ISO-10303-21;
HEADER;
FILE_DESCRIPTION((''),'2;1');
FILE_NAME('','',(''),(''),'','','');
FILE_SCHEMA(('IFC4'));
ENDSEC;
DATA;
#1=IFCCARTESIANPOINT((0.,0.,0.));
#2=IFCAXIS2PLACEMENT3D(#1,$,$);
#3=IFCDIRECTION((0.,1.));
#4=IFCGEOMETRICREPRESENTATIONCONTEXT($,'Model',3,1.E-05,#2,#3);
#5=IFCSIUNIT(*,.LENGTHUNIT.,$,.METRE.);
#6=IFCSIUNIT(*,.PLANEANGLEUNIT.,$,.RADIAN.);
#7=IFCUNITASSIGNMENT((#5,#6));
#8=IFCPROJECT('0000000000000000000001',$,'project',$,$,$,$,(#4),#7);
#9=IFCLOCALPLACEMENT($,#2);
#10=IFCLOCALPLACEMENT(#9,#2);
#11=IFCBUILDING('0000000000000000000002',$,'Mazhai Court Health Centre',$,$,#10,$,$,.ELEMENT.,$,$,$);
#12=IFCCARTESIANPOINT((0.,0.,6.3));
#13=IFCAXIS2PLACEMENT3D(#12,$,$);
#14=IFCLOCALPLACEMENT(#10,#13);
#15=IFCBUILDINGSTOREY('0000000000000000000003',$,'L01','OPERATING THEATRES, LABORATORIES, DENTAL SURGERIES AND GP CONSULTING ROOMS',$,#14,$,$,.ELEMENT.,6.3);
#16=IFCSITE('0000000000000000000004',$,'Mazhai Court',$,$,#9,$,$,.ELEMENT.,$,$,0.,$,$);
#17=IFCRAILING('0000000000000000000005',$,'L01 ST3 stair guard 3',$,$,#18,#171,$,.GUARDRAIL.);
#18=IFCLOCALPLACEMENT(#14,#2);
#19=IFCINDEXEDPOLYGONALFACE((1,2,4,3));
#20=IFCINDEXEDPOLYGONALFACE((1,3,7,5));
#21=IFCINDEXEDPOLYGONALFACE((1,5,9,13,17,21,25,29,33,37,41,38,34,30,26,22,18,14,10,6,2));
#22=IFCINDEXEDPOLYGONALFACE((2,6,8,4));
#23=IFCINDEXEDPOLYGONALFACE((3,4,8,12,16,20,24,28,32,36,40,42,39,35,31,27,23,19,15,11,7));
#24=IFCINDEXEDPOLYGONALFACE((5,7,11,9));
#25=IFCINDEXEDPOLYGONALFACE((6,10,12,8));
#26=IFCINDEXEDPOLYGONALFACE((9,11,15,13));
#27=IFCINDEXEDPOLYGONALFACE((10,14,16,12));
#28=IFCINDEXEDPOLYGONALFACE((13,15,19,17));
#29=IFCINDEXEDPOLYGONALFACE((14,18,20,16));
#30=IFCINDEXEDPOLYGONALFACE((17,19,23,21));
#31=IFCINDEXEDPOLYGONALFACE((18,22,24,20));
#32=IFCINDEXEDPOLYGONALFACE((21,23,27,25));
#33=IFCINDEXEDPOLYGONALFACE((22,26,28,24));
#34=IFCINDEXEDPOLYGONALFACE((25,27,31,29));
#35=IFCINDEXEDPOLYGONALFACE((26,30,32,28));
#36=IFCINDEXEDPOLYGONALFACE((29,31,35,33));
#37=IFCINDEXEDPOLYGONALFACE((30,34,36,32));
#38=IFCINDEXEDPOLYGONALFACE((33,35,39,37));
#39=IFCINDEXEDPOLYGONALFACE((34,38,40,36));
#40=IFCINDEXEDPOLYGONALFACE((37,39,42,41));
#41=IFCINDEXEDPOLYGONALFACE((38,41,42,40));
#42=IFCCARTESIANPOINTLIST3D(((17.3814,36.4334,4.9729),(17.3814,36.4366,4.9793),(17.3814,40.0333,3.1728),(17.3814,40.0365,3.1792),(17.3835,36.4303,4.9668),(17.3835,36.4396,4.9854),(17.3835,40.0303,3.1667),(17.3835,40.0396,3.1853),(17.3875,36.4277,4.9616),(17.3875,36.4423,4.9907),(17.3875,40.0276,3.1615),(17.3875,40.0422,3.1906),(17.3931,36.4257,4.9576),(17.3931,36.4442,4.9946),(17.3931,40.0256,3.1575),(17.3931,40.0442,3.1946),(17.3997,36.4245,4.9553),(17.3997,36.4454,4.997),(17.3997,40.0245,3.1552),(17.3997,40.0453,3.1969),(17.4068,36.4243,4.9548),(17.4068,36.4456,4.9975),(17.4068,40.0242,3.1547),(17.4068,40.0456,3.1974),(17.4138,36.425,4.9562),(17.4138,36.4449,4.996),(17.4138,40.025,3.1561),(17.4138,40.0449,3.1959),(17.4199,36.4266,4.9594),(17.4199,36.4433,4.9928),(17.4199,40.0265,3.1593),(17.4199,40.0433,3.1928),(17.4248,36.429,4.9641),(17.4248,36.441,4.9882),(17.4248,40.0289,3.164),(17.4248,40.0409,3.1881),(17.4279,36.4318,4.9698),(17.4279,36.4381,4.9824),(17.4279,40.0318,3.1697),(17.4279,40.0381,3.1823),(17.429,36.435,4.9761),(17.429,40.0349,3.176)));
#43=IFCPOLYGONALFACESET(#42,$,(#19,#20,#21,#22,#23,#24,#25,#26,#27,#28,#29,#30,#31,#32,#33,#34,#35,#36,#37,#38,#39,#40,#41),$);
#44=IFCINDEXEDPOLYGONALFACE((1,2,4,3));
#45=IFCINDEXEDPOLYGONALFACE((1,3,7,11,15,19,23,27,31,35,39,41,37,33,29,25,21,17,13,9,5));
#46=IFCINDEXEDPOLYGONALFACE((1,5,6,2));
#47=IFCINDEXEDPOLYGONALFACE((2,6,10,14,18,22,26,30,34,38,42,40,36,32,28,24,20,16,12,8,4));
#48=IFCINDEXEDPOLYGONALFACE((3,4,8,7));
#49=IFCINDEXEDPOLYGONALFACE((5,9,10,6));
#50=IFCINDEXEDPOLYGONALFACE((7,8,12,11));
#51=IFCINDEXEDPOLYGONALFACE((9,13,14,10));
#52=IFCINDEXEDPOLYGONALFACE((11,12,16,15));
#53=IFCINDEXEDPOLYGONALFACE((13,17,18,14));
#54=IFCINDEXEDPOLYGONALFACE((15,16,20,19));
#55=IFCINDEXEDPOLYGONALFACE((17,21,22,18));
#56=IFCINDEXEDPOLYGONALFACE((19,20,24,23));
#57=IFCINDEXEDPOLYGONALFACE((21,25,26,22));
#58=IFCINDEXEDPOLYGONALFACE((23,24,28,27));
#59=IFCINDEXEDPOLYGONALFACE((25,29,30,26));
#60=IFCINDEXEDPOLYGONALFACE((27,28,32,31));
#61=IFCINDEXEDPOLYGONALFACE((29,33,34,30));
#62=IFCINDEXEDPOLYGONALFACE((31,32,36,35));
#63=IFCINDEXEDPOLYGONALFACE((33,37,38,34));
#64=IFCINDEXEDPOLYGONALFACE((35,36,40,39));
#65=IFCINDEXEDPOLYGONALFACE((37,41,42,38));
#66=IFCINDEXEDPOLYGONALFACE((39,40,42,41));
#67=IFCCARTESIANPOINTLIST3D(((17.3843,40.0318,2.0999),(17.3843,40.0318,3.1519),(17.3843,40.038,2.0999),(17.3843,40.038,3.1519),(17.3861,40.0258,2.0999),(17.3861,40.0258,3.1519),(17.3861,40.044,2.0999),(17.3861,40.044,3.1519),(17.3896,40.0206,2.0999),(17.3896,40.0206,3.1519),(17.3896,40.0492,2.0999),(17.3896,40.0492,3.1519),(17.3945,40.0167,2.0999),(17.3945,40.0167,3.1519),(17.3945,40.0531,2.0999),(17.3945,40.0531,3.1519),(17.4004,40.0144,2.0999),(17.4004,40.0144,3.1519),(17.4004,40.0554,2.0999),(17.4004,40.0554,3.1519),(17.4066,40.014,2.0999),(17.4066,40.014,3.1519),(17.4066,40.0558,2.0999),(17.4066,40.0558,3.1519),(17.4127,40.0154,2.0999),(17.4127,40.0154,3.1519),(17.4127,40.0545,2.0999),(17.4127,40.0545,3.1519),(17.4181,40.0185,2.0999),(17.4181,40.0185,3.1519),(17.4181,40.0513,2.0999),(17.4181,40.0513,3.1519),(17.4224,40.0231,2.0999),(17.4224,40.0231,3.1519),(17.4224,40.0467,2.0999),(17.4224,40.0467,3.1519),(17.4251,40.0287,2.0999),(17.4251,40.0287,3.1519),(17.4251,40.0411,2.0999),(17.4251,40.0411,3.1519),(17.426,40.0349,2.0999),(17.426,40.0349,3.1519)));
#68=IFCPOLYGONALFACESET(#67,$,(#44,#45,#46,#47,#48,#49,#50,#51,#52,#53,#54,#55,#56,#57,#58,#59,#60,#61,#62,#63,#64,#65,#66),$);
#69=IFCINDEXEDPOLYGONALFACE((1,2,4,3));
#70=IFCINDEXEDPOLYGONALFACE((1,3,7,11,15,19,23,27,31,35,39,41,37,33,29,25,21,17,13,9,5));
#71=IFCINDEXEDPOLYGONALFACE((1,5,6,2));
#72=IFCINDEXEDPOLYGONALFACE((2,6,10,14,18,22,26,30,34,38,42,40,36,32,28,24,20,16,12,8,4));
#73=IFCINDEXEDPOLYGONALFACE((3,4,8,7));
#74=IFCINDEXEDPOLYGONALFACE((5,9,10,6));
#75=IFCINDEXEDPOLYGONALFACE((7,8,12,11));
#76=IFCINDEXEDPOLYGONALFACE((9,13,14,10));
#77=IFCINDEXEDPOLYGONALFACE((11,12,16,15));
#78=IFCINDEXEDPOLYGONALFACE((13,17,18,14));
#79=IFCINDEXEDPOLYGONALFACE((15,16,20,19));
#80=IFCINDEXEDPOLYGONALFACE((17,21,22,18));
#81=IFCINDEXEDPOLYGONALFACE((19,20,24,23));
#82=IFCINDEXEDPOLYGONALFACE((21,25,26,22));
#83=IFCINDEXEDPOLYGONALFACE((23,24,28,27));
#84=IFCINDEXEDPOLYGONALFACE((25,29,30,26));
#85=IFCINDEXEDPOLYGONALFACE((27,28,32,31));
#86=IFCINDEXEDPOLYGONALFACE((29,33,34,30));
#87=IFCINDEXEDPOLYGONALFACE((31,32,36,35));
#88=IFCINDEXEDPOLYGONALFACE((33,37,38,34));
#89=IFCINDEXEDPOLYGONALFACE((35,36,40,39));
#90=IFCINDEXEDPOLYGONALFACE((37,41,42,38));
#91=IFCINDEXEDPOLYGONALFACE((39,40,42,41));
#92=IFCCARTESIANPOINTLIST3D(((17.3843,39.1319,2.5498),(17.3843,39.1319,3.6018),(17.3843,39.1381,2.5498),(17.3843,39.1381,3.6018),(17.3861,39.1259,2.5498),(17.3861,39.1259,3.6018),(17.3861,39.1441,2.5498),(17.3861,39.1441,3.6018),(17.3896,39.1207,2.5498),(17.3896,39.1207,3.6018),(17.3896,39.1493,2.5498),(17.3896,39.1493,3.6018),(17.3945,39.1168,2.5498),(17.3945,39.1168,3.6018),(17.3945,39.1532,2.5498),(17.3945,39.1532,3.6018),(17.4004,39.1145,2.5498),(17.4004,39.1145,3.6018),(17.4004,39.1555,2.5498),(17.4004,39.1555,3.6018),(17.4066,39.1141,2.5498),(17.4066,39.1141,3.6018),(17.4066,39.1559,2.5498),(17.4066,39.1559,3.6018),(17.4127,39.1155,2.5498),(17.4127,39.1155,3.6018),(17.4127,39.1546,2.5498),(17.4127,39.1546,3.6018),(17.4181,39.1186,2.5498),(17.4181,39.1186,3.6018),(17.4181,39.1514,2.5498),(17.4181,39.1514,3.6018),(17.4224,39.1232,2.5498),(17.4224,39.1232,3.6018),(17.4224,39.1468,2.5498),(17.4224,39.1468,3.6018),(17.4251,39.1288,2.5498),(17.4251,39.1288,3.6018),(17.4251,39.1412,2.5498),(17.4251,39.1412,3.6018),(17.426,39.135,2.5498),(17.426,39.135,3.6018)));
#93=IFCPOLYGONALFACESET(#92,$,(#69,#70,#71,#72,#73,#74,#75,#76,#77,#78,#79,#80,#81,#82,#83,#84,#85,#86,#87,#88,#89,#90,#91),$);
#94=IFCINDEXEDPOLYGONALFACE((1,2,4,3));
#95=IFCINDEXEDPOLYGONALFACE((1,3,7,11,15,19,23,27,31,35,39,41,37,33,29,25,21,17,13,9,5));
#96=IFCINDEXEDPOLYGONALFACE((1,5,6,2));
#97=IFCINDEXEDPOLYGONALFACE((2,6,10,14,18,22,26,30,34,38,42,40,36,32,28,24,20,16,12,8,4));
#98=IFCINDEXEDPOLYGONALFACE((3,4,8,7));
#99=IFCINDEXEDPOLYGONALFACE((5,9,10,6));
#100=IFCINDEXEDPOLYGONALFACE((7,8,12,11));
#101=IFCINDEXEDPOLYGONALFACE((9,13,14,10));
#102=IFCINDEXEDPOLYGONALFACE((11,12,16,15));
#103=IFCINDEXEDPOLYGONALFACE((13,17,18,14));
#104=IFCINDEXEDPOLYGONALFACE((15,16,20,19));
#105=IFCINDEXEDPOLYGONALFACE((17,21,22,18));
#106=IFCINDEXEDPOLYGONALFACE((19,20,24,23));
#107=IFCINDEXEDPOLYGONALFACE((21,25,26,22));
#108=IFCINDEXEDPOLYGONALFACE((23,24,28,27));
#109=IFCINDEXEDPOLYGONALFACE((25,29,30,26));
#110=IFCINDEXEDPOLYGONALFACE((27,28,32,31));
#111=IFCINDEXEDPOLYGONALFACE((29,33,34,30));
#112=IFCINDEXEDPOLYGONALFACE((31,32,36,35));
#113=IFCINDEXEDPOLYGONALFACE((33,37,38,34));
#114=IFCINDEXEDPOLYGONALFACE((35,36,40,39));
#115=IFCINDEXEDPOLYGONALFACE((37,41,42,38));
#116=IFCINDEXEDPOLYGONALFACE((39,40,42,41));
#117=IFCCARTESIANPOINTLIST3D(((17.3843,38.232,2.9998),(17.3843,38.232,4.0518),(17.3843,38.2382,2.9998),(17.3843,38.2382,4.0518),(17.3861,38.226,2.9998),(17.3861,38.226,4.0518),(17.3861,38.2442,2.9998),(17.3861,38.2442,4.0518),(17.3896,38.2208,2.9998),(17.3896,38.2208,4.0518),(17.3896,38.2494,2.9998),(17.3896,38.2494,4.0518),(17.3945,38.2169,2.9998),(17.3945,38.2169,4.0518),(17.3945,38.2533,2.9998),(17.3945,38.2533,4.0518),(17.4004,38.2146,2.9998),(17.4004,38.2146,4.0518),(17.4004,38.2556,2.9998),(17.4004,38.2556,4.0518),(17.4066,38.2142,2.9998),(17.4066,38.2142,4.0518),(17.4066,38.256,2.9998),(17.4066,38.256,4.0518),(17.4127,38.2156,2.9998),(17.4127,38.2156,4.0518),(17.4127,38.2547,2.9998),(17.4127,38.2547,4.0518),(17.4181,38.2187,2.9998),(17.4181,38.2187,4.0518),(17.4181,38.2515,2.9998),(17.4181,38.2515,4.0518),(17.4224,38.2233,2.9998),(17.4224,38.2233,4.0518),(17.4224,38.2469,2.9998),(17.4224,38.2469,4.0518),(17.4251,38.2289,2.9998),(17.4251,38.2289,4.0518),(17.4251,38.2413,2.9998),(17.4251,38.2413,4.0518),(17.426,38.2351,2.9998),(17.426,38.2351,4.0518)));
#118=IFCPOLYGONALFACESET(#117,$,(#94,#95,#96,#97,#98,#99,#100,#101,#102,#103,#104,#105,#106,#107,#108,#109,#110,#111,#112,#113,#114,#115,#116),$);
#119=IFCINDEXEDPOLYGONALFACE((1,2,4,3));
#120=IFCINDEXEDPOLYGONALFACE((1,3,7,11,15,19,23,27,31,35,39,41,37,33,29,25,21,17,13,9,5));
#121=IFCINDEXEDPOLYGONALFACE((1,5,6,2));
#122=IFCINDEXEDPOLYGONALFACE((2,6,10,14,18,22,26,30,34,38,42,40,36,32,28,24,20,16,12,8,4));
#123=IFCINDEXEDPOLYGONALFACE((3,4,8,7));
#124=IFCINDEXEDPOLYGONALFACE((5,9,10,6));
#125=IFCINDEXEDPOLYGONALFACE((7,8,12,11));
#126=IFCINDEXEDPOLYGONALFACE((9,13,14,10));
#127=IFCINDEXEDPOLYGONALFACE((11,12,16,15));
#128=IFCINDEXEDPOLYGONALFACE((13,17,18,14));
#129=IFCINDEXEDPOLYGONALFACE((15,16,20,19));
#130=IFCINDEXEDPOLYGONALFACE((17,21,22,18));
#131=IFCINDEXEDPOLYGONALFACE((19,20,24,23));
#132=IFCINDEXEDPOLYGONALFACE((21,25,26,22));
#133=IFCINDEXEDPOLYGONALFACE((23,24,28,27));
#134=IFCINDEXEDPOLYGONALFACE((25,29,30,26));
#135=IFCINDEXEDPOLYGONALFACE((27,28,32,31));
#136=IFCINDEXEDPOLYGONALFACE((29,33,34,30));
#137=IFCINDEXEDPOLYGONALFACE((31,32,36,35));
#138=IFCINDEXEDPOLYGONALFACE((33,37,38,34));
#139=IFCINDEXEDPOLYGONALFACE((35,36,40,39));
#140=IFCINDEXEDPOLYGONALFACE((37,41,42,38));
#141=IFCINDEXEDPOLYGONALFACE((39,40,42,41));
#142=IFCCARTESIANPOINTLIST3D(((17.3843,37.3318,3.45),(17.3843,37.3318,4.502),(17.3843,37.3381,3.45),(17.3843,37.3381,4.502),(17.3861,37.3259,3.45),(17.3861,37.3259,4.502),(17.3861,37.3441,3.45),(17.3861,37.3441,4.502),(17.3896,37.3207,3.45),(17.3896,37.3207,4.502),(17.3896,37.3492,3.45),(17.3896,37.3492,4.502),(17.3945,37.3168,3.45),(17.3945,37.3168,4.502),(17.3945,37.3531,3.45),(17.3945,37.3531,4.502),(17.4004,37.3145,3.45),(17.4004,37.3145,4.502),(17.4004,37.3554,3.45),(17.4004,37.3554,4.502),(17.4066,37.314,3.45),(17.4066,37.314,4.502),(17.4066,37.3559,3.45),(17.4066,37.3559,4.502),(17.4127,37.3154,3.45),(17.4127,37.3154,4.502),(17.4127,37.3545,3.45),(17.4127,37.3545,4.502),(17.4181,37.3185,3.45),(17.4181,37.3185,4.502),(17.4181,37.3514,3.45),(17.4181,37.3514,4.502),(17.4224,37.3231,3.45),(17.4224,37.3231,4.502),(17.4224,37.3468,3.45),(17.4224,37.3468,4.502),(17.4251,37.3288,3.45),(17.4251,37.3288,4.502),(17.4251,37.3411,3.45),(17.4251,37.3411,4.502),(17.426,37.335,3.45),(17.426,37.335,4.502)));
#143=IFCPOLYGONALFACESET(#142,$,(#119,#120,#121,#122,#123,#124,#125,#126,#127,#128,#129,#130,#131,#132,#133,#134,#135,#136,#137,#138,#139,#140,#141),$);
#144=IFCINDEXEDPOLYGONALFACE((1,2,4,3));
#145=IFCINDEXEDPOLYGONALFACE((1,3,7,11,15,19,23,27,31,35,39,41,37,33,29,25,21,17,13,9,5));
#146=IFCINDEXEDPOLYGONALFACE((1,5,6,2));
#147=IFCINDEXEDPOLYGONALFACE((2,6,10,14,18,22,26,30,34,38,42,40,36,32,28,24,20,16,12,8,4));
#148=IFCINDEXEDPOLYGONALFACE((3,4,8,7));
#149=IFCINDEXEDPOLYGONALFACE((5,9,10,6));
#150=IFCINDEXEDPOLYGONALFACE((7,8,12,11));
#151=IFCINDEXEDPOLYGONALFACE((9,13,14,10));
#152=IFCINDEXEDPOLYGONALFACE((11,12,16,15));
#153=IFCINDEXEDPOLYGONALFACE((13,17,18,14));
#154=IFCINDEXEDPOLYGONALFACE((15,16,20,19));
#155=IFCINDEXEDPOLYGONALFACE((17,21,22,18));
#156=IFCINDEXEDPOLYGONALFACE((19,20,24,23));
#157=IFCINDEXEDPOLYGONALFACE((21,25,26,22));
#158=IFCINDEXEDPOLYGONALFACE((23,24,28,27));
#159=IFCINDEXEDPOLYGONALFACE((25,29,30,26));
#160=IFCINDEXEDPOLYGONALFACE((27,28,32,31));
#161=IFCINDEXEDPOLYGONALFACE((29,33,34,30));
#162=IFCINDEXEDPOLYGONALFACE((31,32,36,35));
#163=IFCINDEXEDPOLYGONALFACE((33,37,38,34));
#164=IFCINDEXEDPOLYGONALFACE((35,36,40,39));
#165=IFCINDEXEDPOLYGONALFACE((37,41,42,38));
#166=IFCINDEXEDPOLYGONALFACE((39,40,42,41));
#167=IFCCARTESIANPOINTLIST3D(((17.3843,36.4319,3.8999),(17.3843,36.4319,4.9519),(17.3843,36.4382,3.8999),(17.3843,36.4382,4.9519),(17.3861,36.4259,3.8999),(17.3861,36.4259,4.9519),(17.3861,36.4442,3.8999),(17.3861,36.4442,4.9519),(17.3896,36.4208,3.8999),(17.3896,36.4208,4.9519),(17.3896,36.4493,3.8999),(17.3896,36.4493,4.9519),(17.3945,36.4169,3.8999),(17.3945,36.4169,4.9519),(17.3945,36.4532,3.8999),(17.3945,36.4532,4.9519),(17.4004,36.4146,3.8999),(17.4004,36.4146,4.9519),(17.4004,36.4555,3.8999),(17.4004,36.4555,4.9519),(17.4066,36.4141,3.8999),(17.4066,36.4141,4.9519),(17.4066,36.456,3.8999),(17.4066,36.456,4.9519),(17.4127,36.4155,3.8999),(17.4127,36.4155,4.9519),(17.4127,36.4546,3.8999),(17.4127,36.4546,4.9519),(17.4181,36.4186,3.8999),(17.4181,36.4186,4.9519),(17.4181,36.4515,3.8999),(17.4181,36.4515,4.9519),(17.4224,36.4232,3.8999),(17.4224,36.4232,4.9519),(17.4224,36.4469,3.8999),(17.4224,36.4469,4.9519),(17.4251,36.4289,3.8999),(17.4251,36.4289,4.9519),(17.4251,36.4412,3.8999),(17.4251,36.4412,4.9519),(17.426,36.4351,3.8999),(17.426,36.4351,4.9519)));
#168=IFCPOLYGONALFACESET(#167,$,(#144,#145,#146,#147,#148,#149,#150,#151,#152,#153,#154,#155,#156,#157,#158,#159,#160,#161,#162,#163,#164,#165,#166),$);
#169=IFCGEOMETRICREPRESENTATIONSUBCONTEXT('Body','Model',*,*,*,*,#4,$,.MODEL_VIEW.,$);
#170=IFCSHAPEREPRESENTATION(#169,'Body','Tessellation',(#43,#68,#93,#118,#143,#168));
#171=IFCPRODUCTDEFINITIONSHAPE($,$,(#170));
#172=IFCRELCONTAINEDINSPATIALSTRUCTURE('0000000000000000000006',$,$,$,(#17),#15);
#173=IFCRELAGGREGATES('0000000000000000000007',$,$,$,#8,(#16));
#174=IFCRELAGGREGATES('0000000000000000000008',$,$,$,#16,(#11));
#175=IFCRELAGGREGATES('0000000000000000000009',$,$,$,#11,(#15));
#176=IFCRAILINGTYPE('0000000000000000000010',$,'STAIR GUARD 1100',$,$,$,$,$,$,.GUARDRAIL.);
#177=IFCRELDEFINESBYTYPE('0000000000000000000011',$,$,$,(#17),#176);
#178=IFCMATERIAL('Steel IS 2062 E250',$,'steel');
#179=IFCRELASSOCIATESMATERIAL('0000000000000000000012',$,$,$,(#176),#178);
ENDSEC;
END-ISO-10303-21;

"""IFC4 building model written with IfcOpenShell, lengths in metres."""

from ifc_helpers import new_model, si_unit, direction, frame, origin, origin_2d, place, context, subcontext, project, spatial, circle, extrude, material, type_object, element, save


model = new_model("IFC4")

# Units and contexts
model_context = context("Model", 3, precision=1e-05, world=origin(), true_north=direction((0.0, 1.0)))
body_context = subcontext(model_context, "Body", "Model", "MODEL_VIEW")
ifc_project = project(units=[si_unit("LENGTHUNIT", "METRE"), si_unit("PLANEANGLEUNIT", "RADIAN")], contexts=[model_context])

# Site, building, storey
site_placement = place(None, origin())
site = spatial("IfcSite", under=ifc_project, at=site_placement, Name="Mazhai Court", CompositionType="ELEMENT", RefElevation=0.0)
building_placement = place(site_placement, origin())
building = spatial("IfcBuilding", under=site, at=building_placement, Name="Mazhai Court Health Centre", CompositionType="ELEMENT")
storey_placement = place(building_placement, frame((0.0, 0.0, 6.3)))
storey = spatial("IfcBuildingStorey", under=building, at=storey_placement, Name="L01", Description="OPERATING THEATRES, LABORATORIES, DENTAL SURGERIES AND GP CONSULTING ROOMS", CompositionType="ELEMENT", Elevation=6.3)

# Railing
ifc_material_1 = material(Name="Steel IS 2062 E250", Category="steel")
railing_type_1 = type_object("IfcRailingType", Name="STAIR GUARD 1100", PredefinedType="GUARDRAIL", material=ifc_material_1)
railing_1_placement = place(storey_placement, frame((17.405, 40.0349, 2.0999)))
element("IfcRailing", 1, at=railing_1_placement, inside=storey, type_object=railing_type_1, Name="L01 ST3 stair guard 3", PredefinedType="GUARDRAIL", context=body_context, shape_type="SweptSolid", body=[
    extrude(circle(Radius=0.0239, at=origin_2d()), frame((0.0, 0.0, 1.0762), z_axis=(0.0, -0.894415, 0.447238), x_axis=(1.0, 0.0, 0.0)), (0.0, 0.0, 1.0), 4.0249),
    extrude(circle(Radius=0.021, at=origin_2d()), origin(), (0.0, 0.0, 1.0), 1.052),
    extrude(circle(Radius=0.021, at=origin_2d()), frame((0.0, -0.8999, 0.45)), (0.0, 0.0, 1.0), 1.052),
    extrude(circle(Radius=0.021, at=origin_2d()), frame((0.0, -1.7998, 0.8999)), (0.0, 0.0, 1.0), 1.052),
    extrude(circle(Radius=0.021, at=origin_2d()), frame((0.0, -2.7, 1.3501)), (0.0, 0.0, 1.0), 1.052),
    extrude(circle(Radius=0.021, at=origin_2d()), frame((0.0, -3.5999, 1.8)), (0.0, 0.0, 1.0), 1.052),
])

save(model, "model.ifc")
